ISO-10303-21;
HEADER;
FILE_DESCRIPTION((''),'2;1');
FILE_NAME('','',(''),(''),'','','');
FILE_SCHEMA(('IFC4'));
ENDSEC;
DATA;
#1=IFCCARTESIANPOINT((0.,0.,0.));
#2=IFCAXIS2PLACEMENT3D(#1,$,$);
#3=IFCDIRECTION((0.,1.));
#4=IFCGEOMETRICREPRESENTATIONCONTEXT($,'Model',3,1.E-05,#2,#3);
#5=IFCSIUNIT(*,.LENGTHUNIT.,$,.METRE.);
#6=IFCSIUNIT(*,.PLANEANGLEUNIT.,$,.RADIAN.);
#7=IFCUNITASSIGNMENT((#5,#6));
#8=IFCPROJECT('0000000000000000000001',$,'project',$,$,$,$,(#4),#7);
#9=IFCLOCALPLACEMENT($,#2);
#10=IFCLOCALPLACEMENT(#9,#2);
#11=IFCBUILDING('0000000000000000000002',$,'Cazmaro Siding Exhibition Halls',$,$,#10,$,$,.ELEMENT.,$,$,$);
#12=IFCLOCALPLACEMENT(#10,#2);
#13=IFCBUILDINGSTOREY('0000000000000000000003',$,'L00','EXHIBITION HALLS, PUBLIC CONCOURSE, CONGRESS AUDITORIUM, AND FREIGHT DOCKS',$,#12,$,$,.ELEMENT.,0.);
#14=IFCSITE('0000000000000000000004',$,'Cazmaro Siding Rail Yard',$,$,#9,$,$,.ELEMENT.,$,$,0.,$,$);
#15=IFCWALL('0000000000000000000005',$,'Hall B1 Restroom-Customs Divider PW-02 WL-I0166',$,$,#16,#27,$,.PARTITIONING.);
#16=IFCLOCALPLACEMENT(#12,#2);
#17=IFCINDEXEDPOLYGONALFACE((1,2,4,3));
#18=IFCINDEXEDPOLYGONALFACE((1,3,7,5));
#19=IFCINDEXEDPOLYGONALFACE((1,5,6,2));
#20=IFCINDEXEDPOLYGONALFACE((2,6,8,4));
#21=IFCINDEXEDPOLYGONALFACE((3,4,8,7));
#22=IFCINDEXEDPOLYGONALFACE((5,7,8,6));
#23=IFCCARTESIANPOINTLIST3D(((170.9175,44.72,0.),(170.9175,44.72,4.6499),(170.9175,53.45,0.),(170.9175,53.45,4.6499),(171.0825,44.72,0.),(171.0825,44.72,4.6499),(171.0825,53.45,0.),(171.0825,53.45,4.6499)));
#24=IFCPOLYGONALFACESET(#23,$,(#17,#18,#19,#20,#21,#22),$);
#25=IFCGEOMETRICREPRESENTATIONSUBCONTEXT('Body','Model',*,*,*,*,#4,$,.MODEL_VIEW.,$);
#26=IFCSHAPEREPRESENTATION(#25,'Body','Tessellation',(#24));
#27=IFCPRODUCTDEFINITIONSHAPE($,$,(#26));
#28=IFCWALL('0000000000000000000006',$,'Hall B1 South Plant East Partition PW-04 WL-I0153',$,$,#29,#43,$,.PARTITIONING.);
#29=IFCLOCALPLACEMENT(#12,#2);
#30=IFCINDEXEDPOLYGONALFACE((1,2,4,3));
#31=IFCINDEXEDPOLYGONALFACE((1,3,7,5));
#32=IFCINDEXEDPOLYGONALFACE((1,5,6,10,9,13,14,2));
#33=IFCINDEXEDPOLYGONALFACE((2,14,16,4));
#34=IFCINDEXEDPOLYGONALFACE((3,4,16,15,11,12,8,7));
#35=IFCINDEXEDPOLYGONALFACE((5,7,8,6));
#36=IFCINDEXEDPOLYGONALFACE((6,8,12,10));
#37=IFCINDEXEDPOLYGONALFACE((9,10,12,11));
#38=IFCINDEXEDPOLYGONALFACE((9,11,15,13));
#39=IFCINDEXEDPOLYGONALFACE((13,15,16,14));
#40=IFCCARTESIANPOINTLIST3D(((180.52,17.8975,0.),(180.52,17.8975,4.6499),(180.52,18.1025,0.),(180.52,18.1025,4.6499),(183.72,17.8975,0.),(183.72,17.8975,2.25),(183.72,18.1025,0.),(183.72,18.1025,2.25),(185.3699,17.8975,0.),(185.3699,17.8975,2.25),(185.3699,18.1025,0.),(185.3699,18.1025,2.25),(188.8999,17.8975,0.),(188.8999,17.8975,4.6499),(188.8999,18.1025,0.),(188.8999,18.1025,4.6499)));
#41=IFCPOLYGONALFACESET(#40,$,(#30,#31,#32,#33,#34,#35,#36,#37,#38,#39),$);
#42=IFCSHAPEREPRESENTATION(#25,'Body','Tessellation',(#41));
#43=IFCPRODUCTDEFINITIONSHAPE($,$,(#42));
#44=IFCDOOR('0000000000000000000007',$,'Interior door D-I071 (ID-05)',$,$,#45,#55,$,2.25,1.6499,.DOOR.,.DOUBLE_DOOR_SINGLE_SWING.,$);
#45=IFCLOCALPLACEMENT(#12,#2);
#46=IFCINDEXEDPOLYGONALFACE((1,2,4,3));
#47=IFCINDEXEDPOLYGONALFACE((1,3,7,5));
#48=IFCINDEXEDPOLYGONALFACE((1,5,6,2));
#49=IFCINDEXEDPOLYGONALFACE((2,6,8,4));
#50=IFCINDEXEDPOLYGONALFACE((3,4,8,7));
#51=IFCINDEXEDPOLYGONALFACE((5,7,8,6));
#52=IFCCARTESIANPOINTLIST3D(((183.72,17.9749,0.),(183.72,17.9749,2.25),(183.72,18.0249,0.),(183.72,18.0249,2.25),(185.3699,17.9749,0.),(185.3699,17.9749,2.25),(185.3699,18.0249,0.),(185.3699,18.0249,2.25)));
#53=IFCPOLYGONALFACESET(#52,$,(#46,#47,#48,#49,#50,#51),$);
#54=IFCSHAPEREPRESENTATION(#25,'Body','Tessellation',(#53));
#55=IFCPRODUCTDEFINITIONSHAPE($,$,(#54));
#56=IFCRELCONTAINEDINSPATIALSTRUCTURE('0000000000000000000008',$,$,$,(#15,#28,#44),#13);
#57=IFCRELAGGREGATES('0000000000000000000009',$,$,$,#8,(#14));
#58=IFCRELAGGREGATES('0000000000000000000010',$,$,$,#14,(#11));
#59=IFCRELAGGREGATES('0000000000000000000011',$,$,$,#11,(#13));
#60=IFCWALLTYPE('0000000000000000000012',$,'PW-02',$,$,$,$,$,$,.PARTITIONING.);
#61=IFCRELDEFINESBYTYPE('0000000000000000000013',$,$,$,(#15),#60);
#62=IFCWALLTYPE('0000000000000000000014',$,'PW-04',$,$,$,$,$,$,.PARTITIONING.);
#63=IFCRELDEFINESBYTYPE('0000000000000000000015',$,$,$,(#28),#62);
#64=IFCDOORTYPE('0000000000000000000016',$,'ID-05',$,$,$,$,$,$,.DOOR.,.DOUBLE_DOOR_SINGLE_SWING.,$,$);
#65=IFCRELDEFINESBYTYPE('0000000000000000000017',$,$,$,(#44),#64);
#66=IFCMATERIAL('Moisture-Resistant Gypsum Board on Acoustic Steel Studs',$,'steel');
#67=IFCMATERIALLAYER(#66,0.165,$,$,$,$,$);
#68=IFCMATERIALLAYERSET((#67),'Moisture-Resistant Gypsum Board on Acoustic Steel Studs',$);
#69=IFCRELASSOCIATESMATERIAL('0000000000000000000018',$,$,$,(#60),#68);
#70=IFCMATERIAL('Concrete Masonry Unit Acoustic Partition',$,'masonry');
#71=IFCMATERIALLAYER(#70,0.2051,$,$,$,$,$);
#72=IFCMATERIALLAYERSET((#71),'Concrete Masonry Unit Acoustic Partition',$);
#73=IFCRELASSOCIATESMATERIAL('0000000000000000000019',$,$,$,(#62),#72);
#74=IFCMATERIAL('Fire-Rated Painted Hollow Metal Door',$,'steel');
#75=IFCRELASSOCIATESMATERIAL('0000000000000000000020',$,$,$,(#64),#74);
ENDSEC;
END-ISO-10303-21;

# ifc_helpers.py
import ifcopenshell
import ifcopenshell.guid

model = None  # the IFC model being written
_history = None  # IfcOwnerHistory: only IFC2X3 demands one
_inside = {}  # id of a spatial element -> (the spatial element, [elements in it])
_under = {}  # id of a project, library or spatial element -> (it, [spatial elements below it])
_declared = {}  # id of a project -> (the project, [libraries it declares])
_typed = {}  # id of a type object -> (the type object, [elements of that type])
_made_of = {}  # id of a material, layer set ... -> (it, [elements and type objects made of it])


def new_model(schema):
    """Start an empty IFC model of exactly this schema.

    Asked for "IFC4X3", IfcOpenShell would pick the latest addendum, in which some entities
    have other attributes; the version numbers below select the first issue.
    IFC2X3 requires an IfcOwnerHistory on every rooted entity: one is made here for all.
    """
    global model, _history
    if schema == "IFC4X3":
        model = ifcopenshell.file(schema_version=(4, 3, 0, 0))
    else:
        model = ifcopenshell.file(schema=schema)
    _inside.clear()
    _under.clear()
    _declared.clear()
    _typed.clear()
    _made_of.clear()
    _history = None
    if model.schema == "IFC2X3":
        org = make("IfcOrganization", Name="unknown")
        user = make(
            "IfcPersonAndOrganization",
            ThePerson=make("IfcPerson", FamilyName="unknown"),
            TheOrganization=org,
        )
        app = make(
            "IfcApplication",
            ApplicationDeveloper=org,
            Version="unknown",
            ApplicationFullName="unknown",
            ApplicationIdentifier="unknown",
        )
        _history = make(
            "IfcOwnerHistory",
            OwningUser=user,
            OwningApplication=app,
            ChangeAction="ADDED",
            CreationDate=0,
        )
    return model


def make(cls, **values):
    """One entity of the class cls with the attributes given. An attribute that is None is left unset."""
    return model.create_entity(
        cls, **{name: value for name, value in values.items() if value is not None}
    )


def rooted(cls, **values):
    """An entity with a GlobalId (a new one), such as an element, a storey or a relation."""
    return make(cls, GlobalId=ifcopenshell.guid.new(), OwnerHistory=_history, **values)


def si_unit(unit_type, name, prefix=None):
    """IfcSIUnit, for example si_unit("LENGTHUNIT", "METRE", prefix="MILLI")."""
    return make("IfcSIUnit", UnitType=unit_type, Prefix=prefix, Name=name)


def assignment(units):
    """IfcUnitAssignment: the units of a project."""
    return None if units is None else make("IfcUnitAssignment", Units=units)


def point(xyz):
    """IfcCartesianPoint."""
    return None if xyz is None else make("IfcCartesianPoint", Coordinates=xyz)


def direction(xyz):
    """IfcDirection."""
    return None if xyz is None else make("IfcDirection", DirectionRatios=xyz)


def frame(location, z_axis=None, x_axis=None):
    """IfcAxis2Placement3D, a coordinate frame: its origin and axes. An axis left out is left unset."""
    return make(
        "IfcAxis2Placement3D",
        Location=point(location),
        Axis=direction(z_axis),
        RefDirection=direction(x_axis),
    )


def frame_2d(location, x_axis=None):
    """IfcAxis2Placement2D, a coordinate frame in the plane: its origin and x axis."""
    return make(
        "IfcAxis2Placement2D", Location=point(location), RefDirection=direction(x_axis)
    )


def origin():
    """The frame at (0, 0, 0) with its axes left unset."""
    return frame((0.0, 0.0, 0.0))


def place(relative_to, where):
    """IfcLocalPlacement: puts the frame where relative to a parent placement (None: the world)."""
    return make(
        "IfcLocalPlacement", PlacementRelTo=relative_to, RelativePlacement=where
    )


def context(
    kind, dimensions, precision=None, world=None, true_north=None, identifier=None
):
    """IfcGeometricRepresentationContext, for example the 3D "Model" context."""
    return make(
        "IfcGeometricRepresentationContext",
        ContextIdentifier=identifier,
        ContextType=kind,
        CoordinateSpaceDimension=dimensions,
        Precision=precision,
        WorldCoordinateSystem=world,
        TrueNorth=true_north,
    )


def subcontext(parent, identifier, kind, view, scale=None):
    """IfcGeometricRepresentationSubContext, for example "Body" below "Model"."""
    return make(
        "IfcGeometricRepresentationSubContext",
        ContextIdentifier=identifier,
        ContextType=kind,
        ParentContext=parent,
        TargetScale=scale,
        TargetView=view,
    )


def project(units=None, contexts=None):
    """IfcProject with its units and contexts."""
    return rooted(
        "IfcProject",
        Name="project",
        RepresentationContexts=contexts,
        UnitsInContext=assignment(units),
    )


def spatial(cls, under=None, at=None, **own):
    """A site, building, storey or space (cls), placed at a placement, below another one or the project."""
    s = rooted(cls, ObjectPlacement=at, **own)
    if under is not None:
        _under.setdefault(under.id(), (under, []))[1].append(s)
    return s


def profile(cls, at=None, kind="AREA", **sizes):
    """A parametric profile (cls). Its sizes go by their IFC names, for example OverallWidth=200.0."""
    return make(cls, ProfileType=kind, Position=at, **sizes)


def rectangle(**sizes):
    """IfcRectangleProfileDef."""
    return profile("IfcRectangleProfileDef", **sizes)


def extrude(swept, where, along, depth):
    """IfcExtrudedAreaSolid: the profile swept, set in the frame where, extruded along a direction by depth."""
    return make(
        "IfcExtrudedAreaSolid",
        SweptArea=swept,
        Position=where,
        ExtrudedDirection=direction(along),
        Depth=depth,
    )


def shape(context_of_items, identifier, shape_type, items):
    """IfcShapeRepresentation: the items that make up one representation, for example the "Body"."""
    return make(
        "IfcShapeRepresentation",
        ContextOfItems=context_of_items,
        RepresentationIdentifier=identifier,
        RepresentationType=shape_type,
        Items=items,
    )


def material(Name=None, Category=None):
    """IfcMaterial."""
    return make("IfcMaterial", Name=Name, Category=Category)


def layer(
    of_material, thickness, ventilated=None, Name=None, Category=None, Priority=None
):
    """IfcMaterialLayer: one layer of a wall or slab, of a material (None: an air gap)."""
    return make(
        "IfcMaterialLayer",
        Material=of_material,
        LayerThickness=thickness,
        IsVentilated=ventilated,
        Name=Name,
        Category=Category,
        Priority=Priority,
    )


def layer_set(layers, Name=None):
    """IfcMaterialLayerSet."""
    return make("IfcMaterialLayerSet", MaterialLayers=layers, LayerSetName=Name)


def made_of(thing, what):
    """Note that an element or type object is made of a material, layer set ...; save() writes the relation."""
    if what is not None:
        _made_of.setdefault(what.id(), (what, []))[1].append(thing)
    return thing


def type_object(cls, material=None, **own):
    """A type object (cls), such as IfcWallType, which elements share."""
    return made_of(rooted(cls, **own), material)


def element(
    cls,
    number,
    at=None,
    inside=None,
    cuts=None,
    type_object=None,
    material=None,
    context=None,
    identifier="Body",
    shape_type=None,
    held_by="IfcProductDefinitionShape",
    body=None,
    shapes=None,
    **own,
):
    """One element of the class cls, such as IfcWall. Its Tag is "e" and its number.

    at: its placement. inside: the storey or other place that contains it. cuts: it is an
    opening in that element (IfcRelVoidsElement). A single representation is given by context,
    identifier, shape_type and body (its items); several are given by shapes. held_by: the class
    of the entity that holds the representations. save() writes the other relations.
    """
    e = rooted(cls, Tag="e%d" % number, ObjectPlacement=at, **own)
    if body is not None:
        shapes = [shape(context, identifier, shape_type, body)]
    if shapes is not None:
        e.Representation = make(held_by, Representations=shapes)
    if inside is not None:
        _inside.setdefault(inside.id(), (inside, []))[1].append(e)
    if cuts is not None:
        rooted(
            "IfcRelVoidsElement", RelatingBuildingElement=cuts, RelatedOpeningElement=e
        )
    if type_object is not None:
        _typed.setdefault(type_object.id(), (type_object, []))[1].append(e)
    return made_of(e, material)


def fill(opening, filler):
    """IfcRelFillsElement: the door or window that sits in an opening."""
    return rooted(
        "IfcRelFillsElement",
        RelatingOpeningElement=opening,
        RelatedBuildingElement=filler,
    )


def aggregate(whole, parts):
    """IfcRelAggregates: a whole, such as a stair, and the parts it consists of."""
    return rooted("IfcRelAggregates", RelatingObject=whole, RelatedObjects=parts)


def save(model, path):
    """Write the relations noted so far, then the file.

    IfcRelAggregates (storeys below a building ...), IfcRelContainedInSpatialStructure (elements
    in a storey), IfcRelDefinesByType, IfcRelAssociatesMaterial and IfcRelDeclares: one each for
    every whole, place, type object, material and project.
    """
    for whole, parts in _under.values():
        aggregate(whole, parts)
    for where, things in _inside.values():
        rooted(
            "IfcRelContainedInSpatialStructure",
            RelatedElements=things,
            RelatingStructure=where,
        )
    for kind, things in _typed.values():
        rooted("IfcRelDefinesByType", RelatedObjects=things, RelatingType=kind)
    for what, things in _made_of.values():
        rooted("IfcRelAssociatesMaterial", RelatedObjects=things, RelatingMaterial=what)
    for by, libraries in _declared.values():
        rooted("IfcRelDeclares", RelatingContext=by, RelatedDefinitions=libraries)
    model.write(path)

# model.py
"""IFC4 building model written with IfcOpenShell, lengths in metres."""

from ifc_helpers import new_model, si_unit, direction, frame, frame_2d, origin, place, context, subcontext, project, spatial, rectangle, extrude, material, layer, layer_set, type_object, element, fill, save


model = new_model("IFC4")

# Units and contexts
model_context = context("Model", 3, precision=1e-05, world=origin(), true_north=direction((0.0, 1.0)))
body_context = subcontext(model_context, "Body", "Model", "MODEL_VIEW")
ifc_project = project(units=[si_unit("LENGTHUNIT", "METRE"), si_unit("PLANEANGLEUNIT", "RADIAN")], contexts=[model_context])

# Site, building, storey
site_placement = place(None, origin())
site = spatial("IfcSite", under=ifc_project, at=site_placement, Name="Cazmaro Siding Rail Yard", CompositionType="ELEMENT", RefElevation=0.0)
building_placement = place(site_placement, origin())
building = spatial("IfcBuilding", under=site, at=building_placement, Name="Cazmaro Siding Exhibition Halls", CompositionType="ELEMENT")
storey_placement = place(building_placement, origin())
storey = spatial("IfcBuildingStorey", under=building, at=storey_placement, Name="L00", Description="EXHIBITION HALLS, PUBLIC CONCOURSE, CONGRESS AUDITORIUM, AND FREIGHT DOCKS", CompositionType="ELEMENT", Elevation=0.0)

# Wall
ifc_material_1 = material(Name="Moisture-Resistant Gypsum Board on Acoustic Steel Studs", Category="steel")
ifc_layer_1 = layer(ifc_material_1, 0.165)
ifc_layer_set_1 = layer_set([ifc_layer_1], Name="Moisture-Resistant Gypsum Board on Acoustic Steel Studs")
wall_type_1 = type_object("IfcWallType", Name="PW-02", PredefinedType="PARTITIONING", material=ifc_layer_set_1)
wall_1_placement = place(storey_placement, frame((171.0, 44.72, 0.0), z_axis=(0.0, 0.0, 1.0), x_axis=(0.0, 1.0, 0.0)))
element("IfcWall", 1, at=wall_1_placement, inside=storey, type_object=wall_type_1, Name="Hall B1 Restroom-Customs Divider PW-02 WL-I0166", PredefinedType="PARTITIONING", context=body_context, shape_type="SweptSolid", body=[
    extrude(rectangle(XDim=8.73, YDim=0.165, at=frame_2d((4.365, 0.0))), origin(), (0.0, 0.0, 1.0), 4.6499),
])

# Wall, opening, door
ifc_material_2 = material(Name="Concrete Masonry Unit Acoustic Partition", Category="masonry")
ifc_layer_2 = layer(ifc_material_2, 0.2051)
ifc_layer_set_2 = layer_set([ifc_layer_2], Name="Concrete Masonry Unit Acoustic Partition")
wall_type_2 = type_object("IfcWallType", Name="PW-04", PredefinedType="PARTITIONING", material=ifc_layer_set_2)
wall_2_placement = place(storey_placement, frame((180.52, 18.0, 0.0), z_axis=(0.0, 0.0, 1.0), x_axis=(1.0, 0.0, 0.0)))
wall_2 = element("IfcWall", 2, at=wall_2_placement, inside=storey, type_object=wall_type_2, Name="Hall B1 South Plant East Partition PW-04 WL-I0153", PredefinedType="PARTITIONING", context=body_context, shape_type="SweptSolid", body=[
    extrude(rectangle(XDim=8.3799, YDim=0.2051, at=frame_2d((4.1899, 0.0))), origin(), (0.0, 0.0, 1.0), 4.6499),
])
opening_1_placement = place(wall_2_placement, frame((3.2, 0.0, 0.0)))
opening_1 = element("IfcOpeningElement", 3, at=opening_1_placement, cuts=wall_2, PredefinedType="OPENING", context=body_context, shape_type="SweptSolid", body=[
    extrude(rectangle(XDim=1.6499, YDim=2.25, at=frame_2d((0.825, 1.125))), frame((0.0, 0.1125, 0.0), z_axis=(0.0, -1.0, 0.0), x_axis=(1.0, 0.0, 0.0)), (0.0, 0.0, 1.0), 0.2251),
])
ifc_material_3 = material(Name="Fire-Rated Painted Hollow Metal Door", Category="steel")
door_type_1 = type_object("IfcDoorType", Name="ID-05", OperationType="DOUBLE_DOOR_SINGLE_SWING", PredefinedType="DOOR", material=ifc_material_3)
door_1_placement = place(opening_1_placement, origin())
door_1 = element("IfcDoor", 4, at=door_1_placement, inside=storey, type_object=door_type_1, Name="Interior door D-I071 (ID-05)", OperationType="DOUBLE_DOOR_SINGLE_SWING", OverallHeight=2.25, OverallWidth=1.6499, PredefinedType="DOOR", context=body_context, shape_type="SweptSolid", body=[
    extrude(rectangle(XDim=1.6499, YDim=2.25, at=frame_2d((0.825, 1.125))), frame((0.0, 0.0249, 0.0), z_axis=(0.0, -1.0, 0.0), x_axis=(1.0, 0.0, 0.0)), (0.0, 0.0, 1.0), 0.05),
])
fill(opening_1, door_1)

save(model, "model.ifc")
